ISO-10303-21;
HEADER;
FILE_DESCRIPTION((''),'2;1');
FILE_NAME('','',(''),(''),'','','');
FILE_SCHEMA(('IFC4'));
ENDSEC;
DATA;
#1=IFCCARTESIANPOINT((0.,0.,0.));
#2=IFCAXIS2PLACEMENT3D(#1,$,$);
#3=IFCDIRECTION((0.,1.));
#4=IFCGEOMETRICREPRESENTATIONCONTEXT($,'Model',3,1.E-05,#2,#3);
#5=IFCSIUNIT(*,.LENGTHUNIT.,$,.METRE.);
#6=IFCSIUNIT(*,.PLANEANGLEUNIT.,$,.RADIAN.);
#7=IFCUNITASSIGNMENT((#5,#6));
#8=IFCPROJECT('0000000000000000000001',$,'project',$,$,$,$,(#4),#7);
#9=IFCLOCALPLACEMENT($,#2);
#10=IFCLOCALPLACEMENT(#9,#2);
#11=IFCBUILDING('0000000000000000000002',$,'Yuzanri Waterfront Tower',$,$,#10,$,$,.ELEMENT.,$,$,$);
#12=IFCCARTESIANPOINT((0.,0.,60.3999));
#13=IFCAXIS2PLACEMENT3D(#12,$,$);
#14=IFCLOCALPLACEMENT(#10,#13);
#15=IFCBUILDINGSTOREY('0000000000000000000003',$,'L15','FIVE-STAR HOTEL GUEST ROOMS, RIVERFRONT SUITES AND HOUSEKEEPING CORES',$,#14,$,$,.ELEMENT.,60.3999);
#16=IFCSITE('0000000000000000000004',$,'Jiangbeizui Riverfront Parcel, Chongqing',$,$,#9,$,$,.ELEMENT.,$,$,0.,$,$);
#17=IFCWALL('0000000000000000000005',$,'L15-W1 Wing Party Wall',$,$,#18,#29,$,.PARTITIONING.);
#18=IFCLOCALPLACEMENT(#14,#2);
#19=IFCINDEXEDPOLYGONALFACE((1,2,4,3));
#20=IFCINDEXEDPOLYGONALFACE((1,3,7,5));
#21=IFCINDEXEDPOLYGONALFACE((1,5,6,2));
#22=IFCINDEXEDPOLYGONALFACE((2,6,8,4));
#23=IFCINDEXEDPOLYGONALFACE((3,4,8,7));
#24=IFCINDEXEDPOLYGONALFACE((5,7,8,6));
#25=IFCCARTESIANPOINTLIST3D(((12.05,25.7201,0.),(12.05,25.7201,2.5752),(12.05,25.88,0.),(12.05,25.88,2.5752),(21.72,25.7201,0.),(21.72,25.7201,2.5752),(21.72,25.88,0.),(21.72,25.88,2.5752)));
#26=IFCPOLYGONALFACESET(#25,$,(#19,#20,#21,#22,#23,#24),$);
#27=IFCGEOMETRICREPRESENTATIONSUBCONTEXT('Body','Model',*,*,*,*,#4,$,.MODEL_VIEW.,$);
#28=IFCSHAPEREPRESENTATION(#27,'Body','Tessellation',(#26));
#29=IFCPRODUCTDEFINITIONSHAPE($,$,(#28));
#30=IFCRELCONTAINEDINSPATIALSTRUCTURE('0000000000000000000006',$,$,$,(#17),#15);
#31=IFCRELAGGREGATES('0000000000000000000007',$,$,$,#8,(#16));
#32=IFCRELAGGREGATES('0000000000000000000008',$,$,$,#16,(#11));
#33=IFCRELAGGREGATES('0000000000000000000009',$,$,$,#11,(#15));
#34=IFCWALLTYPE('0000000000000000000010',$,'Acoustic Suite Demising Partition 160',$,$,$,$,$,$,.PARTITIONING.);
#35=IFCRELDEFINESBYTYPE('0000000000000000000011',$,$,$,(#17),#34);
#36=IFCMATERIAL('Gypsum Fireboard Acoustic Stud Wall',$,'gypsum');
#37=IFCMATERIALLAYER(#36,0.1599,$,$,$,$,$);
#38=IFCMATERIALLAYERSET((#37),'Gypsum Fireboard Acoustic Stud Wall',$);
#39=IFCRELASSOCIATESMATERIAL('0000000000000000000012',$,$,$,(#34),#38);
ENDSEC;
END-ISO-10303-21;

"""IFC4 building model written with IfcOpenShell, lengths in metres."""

from ifc_helpers import new_model, si_unit, direction, frame, frame_2d, origin, place, context, subcontext, project, spatial, rectangle, extrude, source, transform, mapped, material, layer, layer_set, type_object, element, save


model = new_model("IFC4")

# Units and contexts
model_context = context("Model", 3, precision=1e-05, world=origin(), true_north=direction((0.0, 1.0)))
body_context = subcontext(model_context, "Body", "Model", "MODEL_VIEW")
ifc_project = project(units=[si_unit("LENGTHUNIT", "METRE"), si_unit("PLANEANGLEUNIT", "RADIAN")], contexts=[model_context])

# Site, building, storey
site_placement = place(None, origin())
site = spatial("IfcSite", under=ifc_project, at=site_placement, Name="Jiangbeizui Riverfront Parcel, Chongqing", CompositionType="ELEMENT", RefElevation=0.0)
building_placement = place(site_placement, origin())
building = spatial("IfcBuilding", under=site, at=building_placement, Name="Yuzanri Waterfront Tower", CompositionType="ELEMENT")
storey_placement = place(building_placement, frame((0.0, 0.0, 60.3999)))
storey = spatial("IfcBuildingStorey", under=building, at=storey_placement, Name="L15", Description="FIVE-STAR HOTEL GUEST ROOMS, RIVERFRONT SUITES AND HOUSEKEEPING CORES", CompositionType="ELEMENT", Elevation=60.3999)

# Wall
ifc_material_1 = material(Name="Gypsum Fireboard Acoustic Stud Wall", Category="gypsum")
ifc_layer_1 = layer(ifc_material_1, 0.1599)
ifc_layer_set_1 = layer_set([ifc_layer_1], Name="Gypsum Fireboard Acoustic Stud Wall")
wall_type_1 = type_object("IfcWallType", Name="Acoustic Suite Demising Partition 160", PredefinedType="PARTITIONING", material=ifc_layer_set_1)
shared_shape_1 = source(origin(), body_context, "Body", "SweptSolid", [
    extrude(rectangle(XDim=9.6699, YDim=0.1599, at=frame_2d((4.835, 0.0))), origin(), (0.0, 0.0, 1.0), 2.5752),
])
wall_1_placement = place(storey_placement, frame((12.05, 25.8, 0.0), z_axis=(0.0, 0.0, 1.0), x_axis=(1.0, 0.0, 0.0)))
element("IfcWall", 1, at=wall_1_placement, inside=storey, type_object=wall_type_1, Name="L15-W1 Wing Party Wall", PredefinedType="PARTITIONING", context=body_context, shape_type="MappedRepresentation", body=[
    mapped(shared_shape_1, transform((0.0, 0.0, 0.0), scale=1.0)),
])

save(model, "model.ifc")
